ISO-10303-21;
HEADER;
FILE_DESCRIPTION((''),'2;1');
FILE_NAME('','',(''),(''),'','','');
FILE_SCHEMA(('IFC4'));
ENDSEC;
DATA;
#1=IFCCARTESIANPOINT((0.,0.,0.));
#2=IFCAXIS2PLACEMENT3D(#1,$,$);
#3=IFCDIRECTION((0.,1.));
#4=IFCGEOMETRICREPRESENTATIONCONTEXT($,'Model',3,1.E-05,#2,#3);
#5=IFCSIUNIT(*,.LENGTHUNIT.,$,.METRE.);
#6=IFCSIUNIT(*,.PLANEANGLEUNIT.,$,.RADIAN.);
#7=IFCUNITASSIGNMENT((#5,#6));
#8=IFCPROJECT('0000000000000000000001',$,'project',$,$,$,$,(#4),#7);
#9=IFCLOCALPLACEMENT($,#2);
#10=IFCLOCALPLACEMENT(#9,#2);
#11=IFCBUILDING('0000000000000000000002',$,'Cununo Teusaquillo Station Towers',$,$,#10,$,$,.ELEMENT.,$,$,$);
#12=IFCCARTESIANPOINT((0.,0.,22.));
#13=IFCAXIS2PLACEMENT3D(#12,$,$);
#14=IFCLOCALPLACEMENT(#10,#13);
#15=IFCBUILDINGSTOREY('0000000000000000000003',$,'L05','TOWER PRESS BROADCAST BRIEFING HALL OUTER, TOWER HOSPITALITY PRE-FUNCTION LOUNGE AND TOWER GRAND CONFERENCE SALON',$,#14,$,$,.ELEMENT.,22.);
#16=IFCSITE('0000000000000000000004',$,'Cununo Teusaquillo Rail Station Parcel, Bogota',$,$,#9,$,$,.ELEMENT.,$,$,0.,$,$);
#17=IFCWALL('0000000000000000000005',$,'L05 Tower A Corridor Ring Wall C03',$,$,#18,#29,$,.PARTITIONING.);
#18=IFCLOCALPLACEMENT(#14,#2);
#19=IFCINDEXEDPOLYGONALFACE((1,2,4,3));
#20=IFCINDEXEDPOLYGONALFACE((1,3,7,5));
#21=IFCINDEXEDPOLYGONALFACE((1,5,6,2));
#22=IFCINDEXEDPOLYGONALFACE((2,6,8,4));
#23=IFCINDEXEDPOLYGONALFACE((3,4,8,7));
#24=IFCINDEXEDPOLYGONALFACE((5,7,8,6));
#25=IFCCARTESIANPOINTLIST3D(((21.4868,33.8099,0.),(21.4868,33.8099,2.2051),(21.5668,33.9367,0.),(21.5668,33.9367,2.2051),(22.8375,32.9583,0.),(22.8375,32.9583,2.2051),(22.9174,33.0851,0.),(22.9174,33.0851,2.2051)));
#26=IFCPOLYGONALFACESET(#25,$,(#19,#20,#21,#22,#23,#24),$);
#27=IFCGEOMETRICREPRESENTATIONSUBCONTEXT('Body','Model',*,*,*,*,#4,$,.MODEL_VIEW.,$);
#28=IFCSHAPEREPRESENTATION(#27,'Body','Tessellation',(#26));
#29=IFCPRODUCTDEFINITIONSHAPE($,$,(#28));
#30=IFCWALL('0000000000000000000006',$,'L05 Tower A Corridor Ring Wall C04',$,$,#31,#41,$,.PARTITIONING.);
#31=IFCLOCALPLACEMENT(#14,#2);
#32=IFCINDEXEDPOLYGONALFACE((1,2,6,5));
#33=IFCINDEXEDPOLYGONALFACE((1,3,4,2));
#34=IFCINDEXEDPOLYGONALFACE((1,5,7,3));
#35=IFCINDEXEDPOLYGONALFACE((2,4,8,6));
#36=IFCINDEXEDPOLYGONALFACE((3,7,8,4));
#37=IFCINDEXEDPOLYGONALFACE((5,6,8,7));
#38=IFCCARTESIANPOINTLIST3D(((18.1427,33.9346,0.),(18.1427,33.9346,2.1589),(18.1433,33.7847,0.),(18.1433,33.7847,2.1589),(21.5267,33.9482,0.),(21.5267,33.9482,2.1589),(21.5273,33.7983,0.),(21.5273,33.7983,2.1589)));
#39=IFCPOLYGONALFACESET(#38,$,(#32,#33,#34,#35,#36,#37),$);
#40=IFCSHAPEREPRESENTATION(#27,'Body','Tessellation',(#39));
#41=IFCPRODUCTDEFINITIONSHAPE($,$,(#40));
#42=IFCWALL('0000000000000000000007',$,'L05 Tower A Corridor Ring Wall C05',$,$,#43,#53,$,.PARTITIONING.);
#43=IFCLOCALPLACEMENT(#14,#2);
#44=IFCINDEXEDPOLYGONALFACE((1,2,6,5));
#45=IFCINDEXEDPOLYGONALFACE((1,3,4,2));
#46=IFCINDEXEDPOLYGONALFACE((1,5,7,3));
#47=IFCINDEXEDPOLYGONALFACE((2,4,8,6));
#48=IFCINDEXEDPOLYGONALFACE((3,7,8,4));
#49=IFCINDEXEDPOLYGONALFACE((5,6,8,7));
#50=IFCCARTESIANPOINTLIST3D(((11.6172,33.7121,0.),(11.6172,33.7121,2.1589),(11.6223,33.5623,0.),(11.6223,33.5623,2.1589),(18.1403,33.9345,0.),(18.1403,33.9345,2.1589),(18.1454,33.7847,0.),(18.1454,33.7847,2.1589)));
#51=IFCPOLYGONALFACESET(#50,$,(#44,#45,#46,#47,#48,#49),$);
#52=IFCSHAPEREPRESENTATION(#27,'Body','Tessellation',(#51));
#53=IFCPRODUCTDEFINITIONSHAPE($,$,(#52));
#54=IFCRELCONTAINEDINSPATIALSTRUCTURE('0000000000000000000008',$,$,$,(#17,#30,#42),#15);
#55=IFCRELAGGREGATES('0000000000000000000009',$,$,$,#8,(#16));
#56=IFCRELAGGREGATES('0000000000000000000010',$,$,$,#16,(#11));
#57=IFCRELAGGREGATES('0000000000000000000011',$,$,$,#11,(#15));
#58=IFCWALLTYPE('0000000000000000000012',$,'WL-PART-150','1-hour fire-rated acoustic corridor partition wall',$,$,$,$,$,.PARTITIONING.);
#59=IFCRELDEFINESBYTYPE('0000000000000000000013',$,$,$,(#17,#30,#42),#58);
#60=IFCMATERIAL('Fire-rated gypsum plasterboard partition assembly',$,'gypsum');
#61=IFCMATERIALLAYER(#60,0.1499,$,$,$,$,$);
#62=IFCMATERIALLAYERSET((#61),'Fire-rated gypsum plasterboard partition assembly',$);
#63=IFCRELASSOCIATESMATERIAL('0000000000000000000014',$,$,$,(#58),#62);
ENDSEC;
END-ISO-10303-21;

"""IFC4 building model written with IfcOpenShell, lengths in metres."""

from ifc_helpers import new_model, si_unit, direction, frame, frame_2d, origin, place, context, subcontext, project, spatial, rectangle, extrude, material, layer, layer_set, type_object, element, save


model = new_model("IFC4")

# Units and contexts
model_context = context("Model", 3, precision=1e-05, world=origin(), true_north=direction((0.0, 1.0)))
body_context = subcontext(model_context, "Body", "Model", "MODEL_VIEW")
ifc_project = project(units=[si_unit("LENGTHUNIT", "METRE"), si_unit("PLANEANGLEUNIT", "RADIAN")], contexts=[model_context])

# Site, building, storey
site_placement = place(None, origin())
site = spatial("IfcSite", under=ifc_project, at=site_placement, Name="Cununo Teusaquillo Rail Station Parcel, Bogota", CompositionType="ELEMENT", RefElevation=0.0)
building_placement = place(site_placement, origin())
building = spatial("IfcBuilding", under=site, at=building_placement, Name="Cununo Teusaquillo Station Towers", CompositionType="ELEMENT")
storey_placement = place(building_placement, frame((0.0, 0.0, 22.0)))
storey = spatial("IfcBuildingStorey", under=building, at=storey_placement, Name="L05", Description="TOWER PRESS BROADCAST BRIEFING HALL OUTER, TOWER HOSPITALITY PRE-FUNCTION LOUNGE AND TOWER GRAND CONFERENCE SALON", CompositionType="ELEMENT", Elevation=22.0)

# Walls
ifc_material_1 = material(Name="Fire-rated gypsum plasterboard partition assembly", Category="gypsum")
ifc_layer_1 = layer(ifc_material_1, 0.1499)
ifc_layer_set_1 = layer_set([ifc_layer_1], Name="Fire-rated gypsum plasterboard partition assembly")
wall_type_1 = type_object("IfcWallType", Name="WL-PART-150", Description="1-hour fire-rated acoustic corridor partition wall", PredefinedType="PARTITIONING", material=ifc_layer_set_1)
wall_1_placement = place(storey_placement, frame((22.8774, 33.0217, 0.0), z_axis=(0.0, 0.0, 1.0), x_axis=(-0.845896, 0.533348, 0.0)))
element("IfcWall", 1, at=wall_1_placement, inside=storey, type_object=wall_type_1, Name="L05 Tower A Corridor Ring Wall C03", PredefinedType="PARTITIONING", context=body_context, shape_type="SweptSolid", body=[
    extrude(rectangle(XDim=1.5967, YDim=0.1499, at=frame_2d((0.7983, 0.0))), origin(), (0.0, 0.0, 1.0), 2.2051),
])
wall_2_placement = place(storey_placement, frame((21.5269, 33.8733, 0.0), z_axis=(0.0, 0.0, 1.0), x_axis=(-0.999992, -0.00404, 0.0)))
element("IfcWall", 2, at=wall_2_placement, inside=storey, type_object=wall_type_1, Name="L05 Tower A Corridor Ring Wall C04", PredefinedType="PARTITIONING", context=body_context, shape_type="SweptSolid", body=[
    extrude(rectangle(XDim=3.384, YDim=0.1499, at=frame_2d((1.6919, 0.0))), origin(), (0.0, 0.0, 1.0), 2.1589),
])
wall_3_placement = place(storey_placement, frame((18.1428, 33.8596, 0.0), z_axis=(0.0, 0.0, 1.0), x_axis=(-0.999419, -0.034077, 0.0)))
element("IfcWall", 3, at=wall_3_placement, inside=storey, type_object=wall_type_1, Name="L05 Tower A Corridor Ring Wall C05", PredefinedType="PARTITIONING", context=body_context, shape_type="SweptSolid", body=[
    extrude(rectangle(XDim=6.5269, YDim=0.1499, at=frame_2d((3.2634, 0.0))), origin(), (0.0, 0.0, 1.0), 2.1589),
])

save(model, "model.ifc")
